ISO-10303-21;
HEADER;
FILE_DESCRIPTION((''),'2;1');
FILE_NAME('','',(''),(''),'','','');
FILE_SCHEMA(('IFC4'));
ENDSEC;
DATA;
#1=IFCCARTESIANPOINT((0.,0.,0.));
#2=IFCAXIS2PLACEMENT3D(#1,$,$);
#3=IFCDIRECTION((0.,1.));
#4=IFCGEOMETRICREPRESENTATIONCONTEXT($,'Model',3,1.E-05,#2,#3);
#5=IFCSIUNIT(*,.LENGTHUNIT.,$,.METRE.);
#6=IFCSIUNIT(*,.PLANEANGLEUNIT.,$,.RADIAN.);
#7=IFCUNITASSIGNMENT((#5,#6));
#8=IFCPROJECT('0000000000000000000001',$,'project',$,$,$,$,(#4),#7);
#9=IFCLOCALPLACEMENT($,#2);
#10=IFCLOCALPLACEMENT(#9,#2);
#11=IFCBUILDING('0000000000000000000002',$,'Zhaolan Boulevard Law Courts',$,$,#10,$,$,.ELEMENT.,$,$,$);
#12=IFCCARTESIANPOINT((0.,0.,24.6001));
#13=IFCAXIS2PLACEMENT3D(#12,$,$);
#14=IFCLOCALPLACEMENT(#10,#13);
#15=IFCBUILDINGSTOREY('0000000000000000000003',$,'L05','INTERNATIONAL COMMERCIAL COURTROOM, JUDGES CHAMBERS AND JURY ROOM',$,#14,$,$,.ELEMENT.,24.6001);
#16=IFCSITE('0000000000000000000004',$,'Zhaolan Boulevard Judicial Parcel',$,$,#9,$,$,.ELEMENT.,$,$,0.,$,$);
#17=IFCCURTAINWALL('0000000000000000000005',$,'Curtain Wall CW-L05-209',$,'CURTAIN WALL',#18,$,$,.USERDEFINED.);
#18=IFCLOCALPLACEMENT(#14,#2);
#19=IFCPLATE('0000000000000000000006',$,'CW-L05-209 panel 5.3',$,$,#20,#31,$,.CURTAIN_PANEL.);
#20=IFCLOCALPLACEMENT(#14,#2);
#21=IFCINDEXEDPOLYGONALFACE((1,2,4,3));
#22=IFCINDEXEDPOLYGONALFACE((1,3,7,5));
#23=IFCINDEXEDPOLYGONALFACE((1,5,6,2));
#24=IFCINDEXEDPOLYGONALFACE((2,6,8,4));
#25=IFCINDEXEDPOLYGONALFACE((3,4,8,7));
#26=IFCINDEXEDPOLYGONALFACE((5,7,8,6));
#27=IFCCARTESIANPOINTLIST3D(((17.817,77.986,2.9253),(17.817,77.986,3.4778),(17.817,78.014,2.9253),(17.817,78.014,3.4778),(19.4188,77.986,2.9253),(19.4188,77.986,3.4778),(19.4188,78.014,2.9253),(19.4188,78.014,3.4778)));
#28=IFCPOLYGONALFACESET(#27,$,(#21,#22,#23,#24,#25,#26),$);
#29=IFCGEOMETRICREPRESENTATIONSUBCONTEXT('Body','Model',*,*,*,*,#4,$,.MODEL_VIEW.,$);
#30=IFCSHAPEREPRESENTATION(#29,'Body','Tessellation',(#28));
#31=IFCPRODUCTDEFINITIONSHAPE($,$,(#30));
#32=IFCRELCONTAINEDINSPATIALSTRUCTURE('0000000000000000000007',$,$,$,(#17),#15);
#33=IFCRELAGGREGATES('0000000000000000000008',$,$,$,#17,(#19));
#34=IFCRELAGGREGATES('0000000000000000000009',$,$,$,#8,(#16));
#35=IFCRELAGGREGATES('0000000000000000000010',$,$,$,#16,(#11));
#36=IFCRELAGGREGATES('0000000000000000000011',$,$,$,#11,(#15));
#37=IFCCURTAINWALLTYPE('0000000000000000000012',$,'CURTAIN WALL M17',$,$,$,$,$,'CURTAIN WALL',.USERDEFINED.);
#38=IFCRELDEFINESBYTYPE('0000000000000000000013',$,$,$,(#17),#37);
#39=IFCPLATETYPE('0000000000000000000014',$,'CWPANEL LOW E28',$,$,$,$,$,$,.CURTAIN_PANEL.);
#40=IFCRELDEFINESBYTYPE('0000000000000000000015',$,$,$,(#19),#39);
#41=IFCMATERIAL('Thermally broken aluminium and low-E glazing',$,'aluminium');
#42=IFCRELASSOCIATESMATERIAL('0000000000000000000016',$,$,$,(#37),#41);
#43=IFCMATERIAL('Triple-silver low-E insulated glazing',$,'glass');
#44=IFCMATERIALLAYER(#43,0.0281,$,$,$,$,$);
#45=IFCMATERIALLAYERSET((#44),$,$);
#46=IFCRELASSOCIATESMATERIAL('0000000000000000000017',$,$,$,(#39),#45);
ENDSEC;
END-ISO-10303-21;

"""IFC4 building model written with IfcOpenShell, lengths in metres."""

from ifc_helpers import new_model, si_unit, direction, frame, origin, origin_2d, place, context, subcontext, project, spatial, rectangle, extrude, material, layer, layer_set, type_object, element, aggregate, save


model = new_model("IFC4")

# Units and contexts
model_context = context("Model", 3, precision=1e-05, world=origin(), true_north=direction((0.0, 1.0)))
body_context = subcontext(model_context, "Body", "Model", "MODEL_VIEW")
ifc_project = project(units=[si_unit("LENGTHUNIT", "METRE"), si_unit("PLANEANGLEUNIT", "RADIAN")], contexts=[model_context])

# Site, building, storey
site_placement = place(None, origin())
site = spatial("IfcSite", under=ifc_project, at=site_placement, Name="Zhaolan Boulevard Judicial Parcel", CompositionType="ELEMENT", RefElevation=0.0)
building_placement = place(site_placement, origin())
building = spatial("IfcBuilding", under=site, at=building_placement, Name="Zhaolan Boulevard Law Courts", CompositionType="ELEMENT")
storey_placement = place(building_placement, frame((0.0, 0.0, 24.6001)))
storey = spatial("IfcBuildingStorey", under=building, at=storey_placement, Name="L05", Description="INTERNATIONAL COMMERCIAL COURTROOM, JUDGES CHAMBERS AND JURY ROOM", CompositionType="ELEMENT", Elevation=24.6001)

# Curtain wall
ifc_material_1 = material(Name="Thermally broken aluminium and low-E glazing", Category="aluminium")
curtain_wall_type_1 = type_object("IfcCurtainWallType", Name="CURTAIN WALL M17", ElementType="CURTAIN WALL", PredefinedType="USERDEFINED", material=ifc_material_1)
curtain_wall_1_placement = place(storey_placement, origin())
curtain_wall_1 = element("IfcCurtainWall", 1, at=curtain_wall_1_placement, inside=storey, type_object=curtain_wall_type_1, Name="Curtain Wall CW-L05-209", ObjectType="CURTAIN WALL", PredefinedType="USERDEFINED")

# Plate
ifc_material_2 = material(Name="Triple-silver low-E insulated glazing", Category="glass")
ifc_layer = layer(ifc_material_2, 0.0281)
ifc_layer_set = layer_set([ifc_layer])
plate_type = type_object("IfcPlateType", Name="CWPANEL LOW E28", PredefinedType="CURTAIN_PANEL", material=ifc_layer_set)
plate_1_placement = place(storey_placement, frame((18.6179, 78.0, 2.9253), z_axis=(0.0, 0.0, 1.0), x_axis=(-1.0, 0.0, 0.0)))
plate_1 = element("IfcPlate", 2, at=plate_1_placement, type_object=plate_type, Name="CW-L05-209 panel 5.3", PredefinedType="CURTAIN_PANEL", context=body_context, shape_type="SweptSolid", body=[
    extrude(rectangle(XDim=1.6018, YDim=0.0281, at=origin_2d()), origin(), (0.0, 0.0, 1.0), 0.5525),
])
aggregate(curtain_wall_1, [plate_1])

save(model, "model.ifc")
